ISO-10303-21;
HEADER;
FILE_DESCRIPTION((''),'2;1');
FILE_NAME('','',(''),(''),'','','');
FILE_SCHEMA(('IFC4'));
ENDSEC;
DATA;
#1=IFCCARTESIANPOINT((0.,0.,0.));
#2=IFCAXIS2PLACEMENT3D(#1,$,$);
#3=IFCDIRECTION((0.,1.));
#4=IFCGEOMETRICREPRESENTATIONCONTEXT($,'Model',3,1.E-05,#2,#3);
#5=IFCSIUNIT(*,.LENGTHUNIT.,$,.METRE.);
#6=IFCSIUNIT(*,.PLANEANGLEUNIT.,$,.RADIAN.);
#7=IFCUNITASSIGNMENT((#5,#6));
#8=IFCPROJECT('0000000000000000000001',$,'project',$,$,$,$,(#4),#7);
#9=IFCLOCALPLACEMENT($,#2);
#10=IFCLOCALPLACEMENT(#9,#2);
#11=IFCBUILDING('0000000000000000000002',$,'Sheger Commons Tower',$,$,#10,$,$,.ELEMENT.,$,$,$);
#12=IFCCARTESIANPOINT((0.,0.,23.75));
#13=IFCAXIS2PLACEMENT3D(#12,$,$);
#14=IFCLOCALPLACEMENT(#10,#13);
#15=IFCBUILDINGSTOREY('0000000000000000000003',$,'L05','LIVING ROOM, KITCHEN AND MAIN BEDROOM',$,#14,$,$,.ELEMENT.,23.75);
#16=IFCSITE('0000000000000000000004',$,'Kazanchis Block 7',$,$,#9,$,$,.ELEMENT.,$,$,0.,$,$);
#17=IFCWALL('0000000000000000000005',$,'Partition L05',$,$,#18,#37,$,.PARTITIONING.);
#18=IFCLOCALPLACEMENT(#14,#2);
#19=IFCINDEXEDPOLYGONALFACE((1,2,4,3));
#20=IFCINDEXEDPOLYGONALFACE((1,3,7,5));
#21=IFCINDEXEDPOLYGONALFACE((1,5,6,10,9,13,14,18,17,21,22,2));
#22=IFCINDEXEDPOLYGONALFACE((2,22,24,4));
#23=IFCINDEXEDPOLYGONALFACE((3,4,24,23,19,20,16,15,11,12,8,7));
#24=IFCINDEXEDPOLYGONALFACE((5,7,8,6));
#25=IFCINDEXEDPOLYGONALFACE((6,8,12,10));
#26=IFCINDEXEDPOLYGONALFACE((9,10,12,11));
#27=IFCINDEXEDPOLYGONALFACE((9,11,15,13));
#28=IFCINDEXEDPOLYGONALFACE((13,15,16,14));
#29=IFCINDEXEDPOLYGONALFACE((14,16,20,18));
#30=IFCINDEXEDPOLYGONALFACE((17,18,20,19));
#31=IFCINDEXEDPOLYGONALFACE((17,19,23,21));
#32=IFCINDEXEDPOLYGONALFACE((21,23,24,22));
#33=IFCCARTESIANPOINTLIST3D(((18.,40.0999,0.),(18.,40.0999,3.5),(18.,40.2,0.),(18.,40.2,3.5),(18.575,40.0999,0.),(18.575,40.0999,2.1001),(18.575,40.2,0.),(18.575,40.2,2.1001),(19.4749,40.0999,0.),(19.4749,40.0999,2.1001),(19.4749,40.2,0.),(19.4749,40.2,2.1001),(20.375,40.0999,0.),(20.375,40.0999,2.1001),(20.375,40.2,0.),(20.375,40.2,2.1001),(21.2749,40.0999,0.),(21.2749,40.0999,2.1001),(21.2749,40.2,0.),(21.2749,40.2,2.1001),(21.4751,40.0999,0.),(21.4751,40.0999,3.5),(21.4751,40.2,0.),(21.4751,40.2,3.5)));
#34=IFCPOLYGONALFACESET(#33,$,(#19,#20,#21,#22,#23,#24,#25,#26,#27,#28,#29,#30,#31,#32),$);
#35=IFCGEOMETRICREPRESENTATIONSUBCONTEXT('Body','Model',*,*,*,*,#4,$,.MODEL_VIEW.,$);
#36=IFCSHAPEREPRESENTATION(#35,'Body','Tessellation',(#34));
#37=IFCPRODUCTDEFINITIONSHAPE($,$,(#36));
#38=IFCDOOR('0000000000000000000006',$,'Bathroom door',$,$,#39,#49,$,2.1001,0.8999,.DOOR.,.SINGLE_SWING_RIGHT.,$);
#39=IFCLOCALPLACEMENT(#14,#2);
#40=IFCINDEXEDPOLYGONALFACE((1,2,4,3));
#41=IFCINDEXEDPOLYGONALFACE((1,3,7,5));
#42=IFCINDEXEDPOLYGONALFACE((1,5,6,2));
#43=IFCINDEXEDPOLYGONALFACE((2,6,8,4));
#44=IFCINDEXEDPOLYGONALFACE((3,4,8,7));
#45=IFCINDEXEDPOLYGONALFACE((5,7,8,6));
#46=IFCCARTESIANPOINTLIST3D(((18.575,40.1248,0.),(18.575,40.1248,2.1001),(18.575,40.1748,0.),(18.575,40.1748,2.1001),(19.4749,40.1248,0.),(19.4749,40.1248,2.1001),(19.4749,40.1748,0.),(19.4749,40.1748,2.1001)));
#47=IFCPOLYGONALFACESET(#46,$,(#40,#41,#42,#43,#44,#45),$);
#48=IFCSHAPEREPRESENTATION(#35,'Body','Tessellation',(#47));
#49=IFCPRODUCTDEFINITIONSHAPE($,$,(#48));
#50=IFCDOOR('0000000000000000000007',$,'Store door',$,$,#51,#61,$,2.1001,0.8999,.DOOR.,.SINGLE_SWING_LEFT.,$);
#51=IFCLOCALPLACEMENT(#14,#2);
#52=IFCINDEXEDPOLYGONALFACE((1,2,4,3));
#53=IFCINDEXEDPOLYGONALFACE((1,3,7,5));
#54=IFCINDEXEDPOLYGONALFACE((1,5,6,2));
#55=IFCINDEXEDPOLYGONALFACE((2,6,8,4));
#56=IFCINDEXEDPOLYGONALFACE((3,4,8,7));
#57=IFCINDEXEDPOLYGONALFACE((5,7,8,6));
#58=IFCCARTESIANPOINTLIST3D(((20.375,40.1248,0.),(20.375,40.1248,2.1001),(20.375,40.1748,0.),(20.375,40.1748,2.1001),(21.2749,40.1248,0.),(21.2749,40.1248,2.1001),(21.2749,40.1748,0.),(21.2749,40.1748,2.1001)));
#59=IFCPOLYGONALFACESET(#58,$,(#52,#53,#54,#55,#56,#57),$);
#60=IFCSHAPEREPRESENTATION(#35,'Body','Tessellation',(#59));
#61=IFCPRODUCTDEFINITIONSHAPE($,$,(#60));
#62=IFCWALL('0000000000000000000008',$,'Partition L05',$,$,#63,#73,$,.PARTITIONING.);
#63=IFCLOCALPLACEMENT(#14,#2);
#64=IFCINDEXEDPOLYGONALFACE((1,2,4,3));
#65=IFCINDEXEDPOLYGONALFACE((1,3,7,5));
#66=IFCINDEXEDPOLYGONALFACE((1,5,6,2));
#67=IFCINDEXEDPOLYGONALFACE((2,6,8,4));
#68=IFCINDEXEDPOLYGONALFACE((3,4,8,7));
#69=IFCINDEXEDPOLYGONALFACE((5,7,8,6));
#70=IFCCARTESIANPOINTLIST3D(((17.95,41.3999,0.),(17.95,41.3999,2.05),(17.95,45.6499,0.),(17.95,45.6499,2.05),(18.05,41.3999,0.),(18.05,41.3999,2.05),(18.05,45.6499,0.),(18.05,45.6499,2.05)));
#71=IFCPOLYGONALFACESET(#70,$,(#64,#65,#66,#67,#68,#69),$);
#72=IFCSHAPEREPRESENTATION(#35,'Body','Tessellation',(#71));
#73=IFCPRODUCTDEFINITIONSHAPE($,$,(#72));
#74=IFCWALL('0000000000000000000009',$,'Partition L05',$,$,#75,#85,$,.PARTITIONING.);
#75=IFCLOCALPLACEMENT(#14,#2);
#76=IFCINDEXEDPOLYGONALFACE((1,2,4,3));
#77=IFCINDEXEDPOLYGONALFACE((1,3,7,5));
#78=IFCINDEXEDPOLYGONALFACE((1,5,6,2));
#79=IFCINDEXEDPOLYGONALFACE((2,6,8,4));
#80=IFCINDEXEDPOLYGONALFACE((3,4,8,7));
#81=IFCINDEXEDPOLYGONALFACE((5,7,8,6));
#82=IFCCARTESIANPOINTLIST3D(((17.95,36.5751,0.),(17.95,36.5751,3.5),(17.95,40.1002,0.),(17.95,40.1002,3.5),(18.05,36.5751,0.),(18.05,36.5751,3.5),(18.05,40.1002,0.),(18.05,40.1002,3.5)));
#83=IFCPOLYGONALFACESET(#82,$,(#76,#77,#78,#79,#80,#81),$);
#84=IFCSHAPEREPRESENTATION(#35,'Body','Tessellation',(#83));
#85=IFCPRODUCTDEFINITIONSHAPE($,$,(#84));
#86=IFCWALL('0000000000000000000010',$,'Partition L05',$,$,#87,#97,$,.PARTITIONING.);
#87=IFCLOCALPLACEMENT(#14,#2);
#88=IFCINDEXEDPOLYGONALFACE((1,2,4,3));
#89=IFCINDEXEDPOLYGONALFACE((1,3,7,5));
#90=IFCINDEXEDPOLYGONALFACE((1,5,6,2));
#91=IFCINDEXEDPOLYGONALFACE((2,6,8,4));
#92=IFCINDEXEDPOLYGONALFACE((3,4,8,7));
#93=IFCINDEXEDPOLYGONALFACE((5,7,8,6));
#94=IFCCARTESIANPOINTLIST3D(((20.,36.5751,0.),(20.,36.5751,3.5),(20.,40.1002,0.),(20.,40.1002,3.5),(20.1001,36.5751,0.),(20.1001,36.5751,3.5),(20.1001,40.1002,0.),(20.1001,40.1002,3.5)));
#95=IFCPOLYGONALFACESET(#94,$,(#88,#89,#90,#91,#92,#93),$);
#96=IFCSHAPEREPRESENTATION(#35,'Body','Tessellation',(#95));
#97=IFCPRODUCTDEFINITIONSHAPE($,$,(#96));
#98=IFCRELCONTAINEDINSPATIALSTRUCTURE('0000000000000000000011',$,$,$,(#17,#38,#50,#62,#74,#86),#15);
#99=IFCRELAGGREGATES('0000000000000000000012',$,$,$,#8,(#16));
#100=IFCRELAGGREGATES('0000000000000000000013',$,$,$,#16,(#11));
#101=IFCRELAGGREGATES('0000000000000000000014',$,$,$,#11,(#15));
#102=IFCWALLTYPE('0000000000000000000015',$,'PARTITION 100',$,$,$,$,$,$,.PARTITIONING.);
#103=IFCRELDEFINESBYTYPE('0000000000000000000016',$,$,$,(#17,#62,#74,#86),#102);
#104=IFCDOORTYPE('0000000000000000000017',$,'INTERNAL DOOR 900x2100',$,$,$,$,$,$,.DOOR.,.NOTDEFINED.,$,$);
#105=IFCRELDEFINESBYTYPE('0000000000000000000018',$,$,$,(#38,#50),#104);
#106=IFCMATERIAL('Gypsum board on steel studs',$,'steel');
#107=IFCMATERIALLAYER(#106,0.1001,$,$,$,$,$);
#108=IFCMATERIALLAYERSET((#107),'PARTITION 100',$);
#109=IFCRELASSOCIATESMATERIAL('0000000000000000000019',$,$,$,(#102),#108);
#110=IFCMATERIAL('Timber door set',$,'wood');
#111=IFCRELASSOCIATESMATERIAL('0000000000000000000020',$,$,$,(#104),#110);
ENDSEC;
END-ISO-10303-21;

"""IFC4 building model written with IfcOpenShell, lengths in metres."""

from ifc_helpers import new_model, si_unit, direction, frame, frame_2d, origin, place, context, subcontext, project, spatial, rectangle, extrude, material, layer, layer_set, type_object, element, fill, save


model = new_model("IFC4")

# Units and contexts
model_context = context("Model", 3, precision=1e-05, world=origin(), true_north=direction((0.0, 1.0)))
body_context = subcontext(model_context, "Body", "Model", "MODEL_VIEW")
ifc_project = project(units=[si_unit("LENGTHUNIT", "METRE"), si_unit("PLANEANGLEUNIT", "RADIAN")], contexts=[model_context])

# Site, building, storey
site_placement = place(None, origin())
site = spatial("IfcSite", under=ifc_project, at=site_placement, Name="Kazanchis Block 7", CompositionType="ELEMENT", RefElevation=0.0)
building_placement = place(site_placement, origin())
building = spatial("IfcBuilding", under=site, at=building_placement, Name="Sheger Commons Tower", CompositionType="ELEMENT")
storey_placement = place(building_placement, frame((0.0, 0.0, 23.75)))
storey = spatial("IfcBuildingStorey", under=building, at=storey_placement, Name="L05", Description="LIVING ROOM, KITCHEN AND MAIN BEDROOM", CompositionType="ELEMENT", Elevation=23.75)

# Shared definitions
ifc_material_1 = material(Name="Gypsum board on steel studs", Category="steel")
ifc_layer_1 = layer(ifc_material_1, 0.1001)
ifc_layer_set_1 = layer_set([ifc_layer_1], Name="PARTITION 100")
wall_type_1 = type_object("IfcWallType", Name="PARTITION 100", PredefinedType="PARTITIONING", material=ifc_layer_set_1)
ifc_material_2 = material(Name="Timber door set", Category="wood")
door_type = type_object("IfcDoorType", Name="INTERNAL DOOR 900x2100", OperationType="NOTDEFINED", PredefinedType="DOOR", material=ifc_material_2)

# Wall, openings, doors
wall_1_placement = place(storey_placement, frame((18.0, 40.1499, 0.0), z_axis=(0.0, 0.0, 1.0), x_axis=(1.0, 0.0, 0.0)))
wall_1 = element("IfcWall", 1, at=wall_1_placement, inside=storey, type_object=wall_type_1, Name="Partition L05", PredefinedType="PARTITIONING", context=body_context, shape_type="SweptSolid", body=[
    extrude(rectangle(XDim=3.4751, YDim=0.1001, at=frame_2d((1.7375, 0.0))), origin(), (0.0, 0.0, 1.0), 3.5),
])
opening_1_placement = place(wall_1_placement, frame((0.575, 0.0, 0.0)))
opening_1 = element("IfcOpeningElement", 2, at=opening_1_placement, cuts=wall_1, PredefinedType="OPENING", context=body_context, shape_type="SweptSolid", body=[
    extrude(rectangle(XDim=0.8999, YDim=2.1001, at=frame_2d((0.45, 1.05))), frame((0.0, 0.0601, 0.0), z_axis=(0.0, -1.0, 0.0), x_axis=(1.0, 0.0, 0.0)), (0.0, 0.0, 1.0), 0.1201),
])
opening_2_placement = place(wall_1_placement, frame((2.375, 0.0, 0.0)))
opening_2 = element("IfcOpeningElement", 3, at=opening_2_placement, cuts=wall_1, PredefinedType="OPENING", context=body_context, shape_type="SweptSolid", body=[
    extrude(rectangle(XDim=0.8999, YDim=2.1001, at=frame_2d((0.45, 1.05))), frame((0.0, 0.0601, 0.0), z_axis=(0.0, -1.0, 0.0), x_axis=(1.0, 0.0, 0.0)), (0.0, 0.0, 1.0), 0.1201),
])
door_1_placement = place(opening_1_placement, origin())
door_1 = element("IfcDoor", 4, at=door_1_placement, inside=storey, type_object=door_type, Name="Bathroom door", OperationType="SINGLE_SWING_RIGHT", OverallHeight=2.1001, OverallWidth=0.8999, PredefinedType="DOOR", context=body_context, shape_type="SweptSolid", body=[
    extrude(rectangle(XDim=0.8999, YDim=2.1001, at=frame_2d((0.45, 1.05))), frame((0.0, 0.0249, 0.0), z_axis=(0.0, -1.0, 0.0), x_axis=(1.0, 0.0, 0.0)), (0.0, 0.0, 1.0), 0.05),
])
fill(opening_1, door_1)
door_2_placement = place(opening_2_placement, origin())
door_2 = element("IfcDoor", 5, at=door_2_placement, inside=storey, type_object=door_type, Name="Store door", OperationType="SINGLE_SWING_LEFT", OverallHeight=2.1001, OverallWidth=0.8999, PredefinedType="DOOR", context=body_context, shape_type="SweptSolid", body=[
    extrude(rectangle(XDim=0.8999, YDim=2.1001, at=frame_2d((0.45, 1.05))), frame((0.0, 0.0249, 0.0), z_axis=(0.0, -1.0, 0.0), x_axis=(1.0, 0.0, 0.0)), (0.0, 0.0, 1.0), 0.05),
])
fill(opening_2, door_2)

# Walls
wall_2_placement = place(storey_placement, frame((18.0, 41.3999, 0.0), z_axis=(0.0, 0.0, 1.0), x_axis=(0.0, 1.0, 0.0)))
element("IfcWall", 6, at=wall_2_placement, inside=storey, type_object=wall_type_1, Name="Partition L05", PredefinedType="PARTITIONING", context=body_context, shape_type="SweptSolid", body=[
    extrude(rectangle(XDim=4.25, YDim=0.1001, at=frame_2d((2.125, 0.0))), origin(), (0.0, 0.0, 1.0), 2.05),
])
for number, where, z_axis, x_axis, name in (
    (7, (18.0, 36.575, 0.0), (0.0, 0.0, 1.0), (0.0, 1.0, 0.0), "Partition L05"),
    (8, (20.05, 36.575, 0.0), (0.0, 0.0, 1.0), (0.0, 1.0, 0.0), "Partition L05"),
):
    element("IfcWall", number, at=place(storey_placement, frame(where, z_axis=z_axis, x_axis=x_axis)), inside=storey, type_object=wall_type_1, Name=name, PredefinedType="PARTITIONING", context=body_context, shape_type="SweptSolid", body=[
        extrude(rectangle(XDim=3.5251, YDim=0.1001, at=frame_2d((1.7627, 0.0))), origin(), (0.0, 0.0, 1.0), 3.5),
    ])

save(model, "model.ifc")
